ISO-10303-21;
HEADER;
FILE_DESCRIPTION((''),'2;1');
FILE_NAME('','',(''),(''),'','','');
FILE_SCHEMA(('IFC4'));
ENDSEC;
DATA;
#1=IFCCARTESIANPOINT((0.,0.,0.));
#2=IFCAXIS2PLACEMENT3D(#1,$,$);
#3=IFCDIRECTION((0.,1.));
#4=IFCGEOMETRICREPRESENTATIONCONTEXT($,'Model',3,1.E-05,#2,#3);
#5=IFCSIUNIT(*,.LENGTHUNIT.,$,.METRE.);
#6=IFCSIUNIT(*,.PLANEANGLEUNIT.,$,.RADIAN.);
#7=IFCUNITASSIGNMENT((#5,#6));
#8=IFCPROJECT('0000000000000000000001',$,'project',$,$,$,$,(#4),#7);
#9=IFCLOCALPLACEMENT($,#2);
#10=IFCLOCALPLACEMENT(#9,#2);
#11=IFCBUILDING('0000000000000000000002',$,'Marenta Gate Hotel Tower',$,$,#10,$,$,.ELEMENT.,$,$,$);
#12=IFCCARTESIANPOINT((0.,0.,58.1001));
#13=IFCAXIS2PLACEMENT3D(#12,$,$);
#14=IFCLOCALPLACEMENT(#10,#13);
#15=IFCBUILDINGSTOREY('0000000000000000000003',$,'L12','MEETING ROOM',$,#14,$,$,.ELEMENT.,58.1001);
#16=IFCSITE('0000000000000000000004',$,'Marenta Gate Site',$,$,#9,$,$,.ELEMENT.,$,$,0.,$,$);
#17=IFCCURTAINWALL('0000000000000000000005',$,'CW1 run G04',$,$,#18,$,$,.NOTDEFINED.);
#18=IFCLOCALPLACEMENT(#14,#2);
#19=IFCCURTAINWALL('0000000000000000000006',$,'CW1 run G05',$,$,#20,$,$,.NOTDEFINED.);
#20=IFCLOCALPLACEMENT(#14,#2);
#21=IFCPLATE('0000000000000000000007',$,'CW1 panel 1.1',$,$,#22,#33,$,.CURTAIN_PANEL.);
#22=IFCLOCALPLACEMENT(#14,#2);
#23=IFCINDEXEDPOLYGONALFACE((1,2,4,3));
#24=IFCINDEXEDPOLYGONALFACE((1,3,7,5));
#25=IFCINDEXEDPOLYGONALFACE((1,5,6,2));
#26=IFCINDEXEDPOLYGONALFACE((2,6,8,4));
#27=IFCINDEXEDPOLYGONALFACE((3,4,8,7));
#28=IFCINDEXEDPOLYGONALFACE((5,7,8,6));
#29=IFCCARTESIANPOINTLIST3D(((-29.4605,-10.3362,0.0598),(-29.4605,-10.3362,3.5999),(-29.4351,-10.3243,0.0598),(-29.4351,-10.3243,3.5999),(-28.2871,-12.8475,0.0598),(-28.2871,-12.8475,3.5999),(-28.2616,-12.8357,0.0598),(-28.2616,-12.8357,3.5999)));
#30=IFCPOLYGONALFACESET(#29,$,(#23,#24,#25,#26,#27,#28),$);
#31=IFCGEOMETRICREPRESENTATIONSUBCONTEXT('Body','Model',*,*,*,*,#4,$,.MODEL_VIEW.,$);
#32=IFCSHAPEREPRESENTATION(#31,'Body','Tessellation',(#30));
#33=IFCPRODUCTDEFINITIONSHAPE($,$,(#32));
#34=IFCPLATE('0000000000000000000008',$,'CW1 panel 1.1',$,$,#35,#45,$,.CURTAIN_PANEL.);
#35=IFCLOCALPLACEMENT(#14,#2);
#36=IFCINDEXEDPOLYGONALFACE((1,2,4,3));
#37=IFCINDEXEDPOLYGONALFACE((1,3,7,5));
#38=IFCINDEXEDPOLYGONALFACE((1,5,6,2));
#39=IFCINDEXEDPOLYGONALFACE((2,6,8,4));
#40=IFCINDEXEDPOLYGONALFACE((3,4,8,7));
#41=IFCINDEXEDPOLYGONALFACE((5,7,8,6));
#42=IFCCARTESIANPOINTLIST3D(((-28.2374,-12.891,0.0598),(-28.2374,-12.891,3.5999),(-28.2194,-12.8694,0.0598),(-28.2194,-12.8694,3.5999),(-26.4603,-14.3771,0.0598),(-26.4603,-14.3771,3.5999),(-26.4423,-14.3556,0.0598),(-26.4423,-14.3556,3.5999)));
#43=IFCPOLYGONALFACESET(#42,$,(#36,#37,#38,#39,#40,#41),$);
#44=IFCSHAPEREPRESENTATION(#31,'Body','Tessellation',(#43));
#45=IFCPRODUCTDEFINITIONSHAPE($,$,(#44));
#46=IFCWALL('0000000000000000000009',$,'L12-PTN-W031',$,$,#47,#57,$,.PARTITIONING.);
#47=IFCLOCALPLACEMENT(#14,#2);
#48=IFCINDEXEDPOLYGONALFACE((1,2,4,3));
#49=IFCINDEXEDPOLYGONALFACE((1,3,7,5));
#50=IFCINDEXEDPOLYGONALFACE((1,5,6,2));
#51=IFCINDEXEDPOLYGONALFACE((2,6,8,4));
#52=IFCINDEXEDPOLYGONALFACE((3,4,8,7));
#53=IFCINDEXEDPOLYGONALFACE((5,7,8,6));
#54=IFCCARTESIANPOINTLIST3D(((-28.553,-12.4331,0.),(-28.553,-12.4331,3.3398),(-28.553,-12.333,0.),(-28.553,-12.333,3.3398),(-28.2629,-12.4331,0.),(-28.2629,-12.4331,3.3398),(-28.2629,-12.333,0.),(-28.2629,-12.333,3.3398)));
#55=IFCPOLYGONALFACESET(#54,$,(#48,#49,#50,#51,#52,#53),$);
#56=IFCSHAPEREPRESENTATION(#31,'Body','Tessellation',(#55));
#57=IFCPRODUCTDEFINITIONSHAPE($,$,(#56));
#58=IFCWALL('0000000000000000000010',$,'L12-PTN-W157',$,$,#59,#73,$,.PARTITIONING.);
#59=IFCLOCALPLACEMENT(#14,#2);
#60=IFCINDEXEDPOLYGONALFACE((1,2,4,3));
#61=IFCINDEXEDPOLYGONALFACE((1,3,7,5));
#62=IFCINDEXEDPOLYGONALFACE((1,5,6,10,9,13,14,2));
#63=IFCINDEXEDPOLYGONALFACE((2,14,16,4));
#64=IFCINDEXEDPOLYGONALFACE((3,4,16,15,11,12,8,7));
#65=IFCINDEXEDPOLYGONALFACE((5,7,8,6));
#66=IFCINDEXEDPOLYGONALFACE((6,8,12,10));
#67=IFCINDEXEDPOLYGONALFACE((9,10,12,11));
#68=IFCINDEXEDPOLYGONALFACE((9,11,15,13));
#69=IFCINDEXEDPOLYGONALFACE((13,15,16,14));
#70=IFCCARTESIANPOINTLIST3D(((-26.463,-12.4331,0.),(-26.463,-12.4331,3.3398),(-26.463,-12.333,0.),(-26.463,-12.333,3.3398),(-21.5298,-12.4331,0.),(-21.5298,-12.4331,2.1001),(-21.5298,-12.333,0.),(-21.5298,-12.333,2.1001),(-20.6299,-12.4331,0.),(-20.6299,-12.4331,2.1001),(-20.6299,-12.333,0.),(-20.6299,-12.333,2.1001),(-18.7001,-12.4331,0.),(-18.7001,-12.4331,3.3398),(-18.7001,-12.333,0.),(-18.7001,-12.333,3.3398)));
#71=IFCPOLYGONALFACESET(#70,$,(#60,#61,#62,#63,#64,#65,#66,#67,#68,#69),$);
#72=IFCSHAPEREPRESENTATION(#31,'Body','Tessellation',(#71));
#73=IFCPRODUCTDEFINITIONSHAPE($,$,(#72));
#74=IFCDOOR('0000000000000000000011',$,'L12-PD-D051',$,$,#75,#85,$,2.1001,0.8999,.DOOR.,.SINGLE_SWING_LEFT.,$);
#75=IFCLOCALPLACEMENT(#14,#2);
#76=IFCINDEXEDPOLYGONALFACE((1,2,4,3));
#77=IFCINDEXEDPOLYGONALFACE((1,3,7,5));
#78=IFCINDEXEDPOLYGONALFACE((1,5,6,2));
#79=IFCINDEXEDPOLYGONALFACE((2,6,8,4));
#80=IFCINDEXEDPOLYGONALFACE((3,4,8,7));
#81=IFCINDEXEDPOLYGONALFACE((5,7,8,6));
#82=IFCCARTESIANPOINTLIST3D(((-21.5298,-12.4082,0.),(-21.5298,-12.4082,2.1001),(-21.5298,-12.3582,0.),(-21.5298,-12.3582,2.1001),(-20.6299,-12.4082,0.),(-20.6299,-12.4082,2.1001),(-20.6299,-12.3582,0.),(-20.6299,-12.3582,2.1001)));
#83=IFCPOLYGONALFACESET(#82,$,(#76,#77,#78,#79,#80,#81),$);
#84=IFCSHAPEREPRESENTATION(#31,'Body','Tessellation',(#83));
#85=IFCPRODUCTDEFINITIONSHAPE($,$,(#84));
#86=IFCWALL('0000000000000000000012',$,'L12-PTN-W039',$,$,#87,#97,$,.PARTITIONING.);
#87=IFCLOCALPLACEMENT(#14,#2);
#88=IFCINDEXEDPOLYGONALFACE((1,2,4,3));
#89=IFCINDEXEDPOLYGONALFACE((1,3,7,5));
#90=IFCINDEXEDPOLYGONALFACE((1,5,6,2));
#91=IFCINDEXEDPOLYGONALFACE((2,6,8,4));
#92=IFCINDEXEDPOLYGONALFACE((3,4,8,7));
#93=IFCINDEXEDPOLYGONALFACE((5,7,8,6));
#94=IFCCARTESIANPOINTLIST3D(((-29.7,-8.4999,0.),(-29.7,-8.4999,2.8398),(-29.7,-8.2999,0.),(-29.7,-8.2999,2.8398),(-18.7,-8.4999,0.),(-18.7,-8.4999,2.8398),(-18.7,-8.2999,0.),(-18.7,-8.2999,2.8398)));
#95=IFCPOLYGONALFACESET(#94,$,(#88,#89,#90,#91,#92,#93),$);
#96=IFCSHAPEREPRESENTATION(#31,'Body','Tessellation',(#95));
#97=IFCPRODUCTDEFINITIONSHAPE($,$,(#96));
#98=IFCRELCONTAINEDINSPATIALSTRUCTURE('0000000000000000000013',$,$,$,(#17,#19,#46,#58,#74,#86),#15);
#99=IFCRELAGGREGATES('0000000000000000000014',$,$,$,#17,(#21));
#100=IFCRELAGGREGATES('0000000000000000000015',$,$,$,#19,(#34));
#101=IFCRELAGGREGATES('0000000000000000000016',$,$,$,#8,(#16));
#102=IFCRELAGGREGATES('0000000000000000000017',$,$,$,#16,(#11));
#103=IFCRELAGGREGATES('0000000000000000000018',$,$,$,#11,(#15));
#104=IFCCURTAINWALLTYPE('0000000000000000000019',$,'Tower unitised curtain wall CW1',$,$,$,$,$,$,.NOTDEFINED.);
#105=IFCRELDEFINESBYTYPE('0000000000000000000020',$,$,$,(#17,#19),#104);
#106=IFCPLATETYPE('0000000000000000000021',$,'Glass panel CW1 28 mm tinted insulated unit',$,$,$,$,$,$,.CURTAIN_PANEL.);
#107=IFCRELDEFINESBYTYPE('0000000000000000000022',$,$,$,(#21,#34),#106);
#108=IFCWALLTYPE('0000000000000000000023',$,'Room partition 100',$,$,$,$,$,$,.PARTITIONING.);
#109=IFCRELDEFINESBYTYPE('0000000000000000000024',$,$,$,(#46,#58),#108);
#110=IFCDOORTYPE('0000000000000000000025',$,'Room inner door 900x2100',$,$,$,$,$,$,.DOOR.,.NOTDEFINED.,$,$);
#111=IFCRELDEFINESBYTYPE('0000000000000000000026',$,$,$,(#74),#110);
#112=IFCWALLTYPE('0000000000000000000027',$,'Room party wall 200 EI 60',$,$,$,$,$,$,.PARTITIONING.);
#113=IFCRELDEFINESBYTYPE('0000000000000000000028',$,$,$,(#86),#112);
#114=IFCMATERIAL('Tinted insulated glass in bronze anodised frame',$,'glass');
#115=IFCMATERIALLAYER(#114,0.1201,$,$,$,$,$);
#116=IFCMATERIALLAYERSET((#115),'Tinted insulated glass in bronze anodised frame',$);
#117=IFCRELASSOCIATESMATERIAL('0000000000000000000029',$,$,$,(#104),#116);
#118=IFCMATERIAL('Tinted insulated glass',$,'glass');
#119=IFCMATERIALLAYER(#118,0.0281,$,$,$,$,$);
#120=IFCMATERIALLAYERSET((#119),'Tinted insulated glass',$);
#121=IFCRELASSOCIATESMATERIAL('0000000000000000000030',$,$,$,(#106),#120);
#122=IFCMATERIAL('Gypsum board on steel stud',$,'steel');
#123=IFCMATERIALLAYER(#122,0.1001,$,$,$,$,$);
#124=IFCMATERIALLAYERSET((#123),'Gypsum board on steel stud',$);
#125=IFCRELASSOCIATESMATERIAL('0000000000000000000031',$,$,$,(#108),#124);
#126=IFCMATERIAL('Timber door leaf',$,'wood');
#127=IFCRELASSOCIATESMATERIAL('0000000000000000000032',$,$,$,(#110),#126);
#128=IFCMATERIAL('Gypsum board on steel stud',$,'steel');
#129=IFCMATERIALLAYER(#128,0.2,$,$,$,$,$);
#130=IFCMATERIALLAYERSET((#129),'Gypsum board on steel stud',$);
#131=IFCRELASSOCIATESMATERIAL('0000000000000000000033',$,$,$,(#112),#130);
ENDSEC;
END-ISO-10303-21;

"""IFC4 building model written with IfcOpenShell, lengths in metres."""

from ifc_helpers import new_model, si_unit, direction, frame, frame_2d, origin, origin_2d, place, context, subcontext, project, spatial, rectangle, extrude, material, layer, layer_set, type_object, element, fill, aggregate, save


model = new_model("IFC4")

# Units and contexts
model_context = context("Model", 3, precision=1e-05, world=origin(), true_north=direction((0.0, 1.0)))
body_context = subcontext(model_context, "Body", "Model", "MODEL_VIEW")
ifc_project = project(units=[si_unit("LENGTHUNIT", "METRE"), si_unit("PLANEANGLEUNIT", "RADIAN")], contexts=[model_context])

# Site, building, storey
site_placement = place(None, origin())
site = spatial("IfcSite", under=ifc_project, at=site_placement, Name="Marenta Gate Site", CompositionType="ELEMENT", RefElevation=0.0)
building_placement = place(site_placement, origin())
building = spatial("IfcBuilding", under=site, at=building_placement, Name="Marenta Gate Hotel Tower", CompositionType="ELEMENT")
storey_placement = place(building_placement, frame((0.0, 0.0, 58.1001)))
storey = spatial("IfcBuildingStorey", under=building, at=storey_placement, Name="L12", Description="MEETING ROOM", CompositionType="ELEMENT", Elevation=58.1001)

# Curtain walls
ifc_material_1 = material(Name="Tinted insulated glass in bronze anodised frame", Category="glass")
ifc_layer_1 = layer(ifc_material_1, 0.1201)
ifc_layer_set_1 = layer_set([ifc_layer_1], Name="Tinted insulated glass in bronze anodised frame")
curtain_wall_type = type_object("IfcCurtainWallType", Name="Tower unitised curtain wall CW1", PredefinedType="NOTDEFINED", material=ifc_layer_set_1)
curtain_wall_1_placement = place(storey_placement, origin())
curtain_wall_1 = element("IfcCurtainWall", 1, at=curtain_wall_1_placement, inside=storey, type_object=curtain_wall_type, Name="CW1 run G04", PredefinedType="NOTDEFINED")
curtain_wall_2_placement = place(storey_placement, origin())
curtain_wall_2 = element("IfcCurtainWall", 2, at=curtain_wall_2_placement, inside=storey, type_object=curtain_wall_type, Name="CW1 run G05", PredefinedType="NOTDEFINED")

# Plates
ifc_material_2 = material(Name="Tinted insulated glass", Category="glass")
ifc_layer_2 = layer(ifc_material_2, 0.0281)
ifc_layer_set_2 = layer_set([ifc_layer_2], Name="Tinted insulated glass")
plate_type = type_object("IfcPlateType", Name="Glass panel CW1 28 mm tinted insulated unit", PredefinedType="CURTAIN_PANEL", material=ifc_layer_set_2)
plate_1_placement = place(storey_placement, frame((-28.8611, -11.5859, 0.0598), z_axis=(0.0, 0.0, 1.0), x_axis=(0.423342, -0.90597, 0.0)))
plate_1 = element("IfcPlate", 3, at=plate_1_placement, type_object=plate_type, Name="CW1 panel 1.1", PredefinedType="CURTAIN_PANEL", context=body_context, shape_type="SweptSolid", body=[
    extrude(rectangle(XDim=2.772, YDim=0.0281, at=origin_2d()), origin(), (0.0, 0.0, 1.0), 3.54),
])
aggregate(curtain_wall_1, [plate_1])
plate_2_placement = place(storey_placement, frame((-27.3398, -13.6233, 0.0598), z_axis=(0.0, 0.0, 1.0), x_axis=(0.767113, -0.641512, 0.0)))
plate_2 = element("IfcPlate", 4, at=plate_2_placement, type_object=plate_type, Name="CW1 panel 1.1", PredefinedType="CURTAIN_PANEL", context=body_context, shape_type="SweptSolid", body=[
    extrude(rectangle(XDim=2.3167, YDim=0.0281, at=origin_2d()), origin(), (0.0, 0.0, 1.0), 3.54),
])
aggregate(curtain_wall_2, [plate_2])

# Wall
ifc_material_3 = material(Name="Gypsum board on steel stud", Category="steel")
ifc_layer_3 = layer(ifc_material_3, 0.1001)
ifc_layer_set_3 = layer_set([ifc_layer_3], Name="Gypsum board on steel stud")
wall_type_1 = type_object("IfcWallType", Name="Room partition 100", PredefinedType="PARTITIONING", material=ifc_layer_set_3)
wall_1_placement = place(storey_placement, frame((-28.553, -12.3831, 0.0), z_axis=(0.0, 0.0, 1.0), x_axis=(1.0, 0.0, 0.0)))
element("IfcWall", 5, at=wall_1_placement, inside=storey, type_object=wall_type_1, Name="L12-PTN-W031", PredefinedType="PARTITIONING", context=body_context, shape_type="SweptSolid", body=[
    extrude(rectangle(XDim=0.29, YDim=0.1001, at=frame_2d((0.145, 0.0))), origin(), (0.0, 0.0, 1.0), 3.3398),
])

# Wall, opening, door
wall_2_placement = place(storey_placement, frame((-26.4629, -12.3831, 0.0), z_axis=(0.0, 0.0, 1.0), x_axis=(1.0, 0.0, 0.0)))
wall_2 = element("IfcWall", 6, at=wall_2_placement, inside=storey, type_object=wall_type_1, Name="L12-PTN-W157", PredefinedType="PARTITIONING", context=body_context, shape_type="SweptSolid", body=[
    extrude(rectangle(XDim=7.7629, YDim=0.1001, at=frame_2d((3.8813, 0.0))), origin(), (0.0, 0.0, 1.0), 3.3398),
])
opening_placement = place(wall_2_placement, frame((4.9331, 0.0, 0.0)))
opening = element("IfcOpeningElement", 7, at=opening_placement, cuts=wall_2, PredefinedType="OPENING", context=body_context, shape_type="SweptSolid", body=[
    extrude(rectangle(XDim=0.8999, YDim=2.1001, at=frame_2d((0.45, 1.05))), frame((0.0, 0.05, 0.0), z_axis=(0.0, -1.0, 0.0), x_axis=(1.0, 0.0, 0.0)), (0.0, 0.0, 1.0), 0.1001),
])
ifc_material_4 = material(Name="Timber door leaf", Category="wood")
door_type = type_object("IfcDoorType", Name="Room inner door 900x2100", OperationType="NOTDEFINED", PredefinedType="DOOR", material=ifc_material_4)
door_placement = place(opening_placement, origin())
door = element("IfcDoor", 8, at=door_placement, inside=storey, type_object=door_type, Name="L12-PD-D051", OperationType="SINGLE_SWING_LEFT", OverallHeight=2.1001, OverallWidth=0.8999, PredefinedType="DOOR", context=body_context, shape_type="SweptSolid", body=[
    extrude(rectangle(XDim=0.8999, YDim=2.1001, at=frame_2d((0.45, 1.05))), frame((0.0, 0.0249, 0.0), z_axis=(0.0, -1.0, 0.0), x_axis=(1.0, 0.0, 0.0)), (0.0, 0.0, 1.0), 0.05),
])
fill(opening, door)

# Wall
ifc_material_5 = material(Name="Gypsum board on steel stud", Category="steel")
ifc_layer_4 = layer(ifc_material_5, 0.2)
ifc_layer_set_4 = layer_set([ifc_layer_4], Name="Gypsum board on steel stud")
wall_type_2 = type_object("IfcWallType", Name="Room party wall 200 EI 60", PredefinedType="PARTITIONING", material=ifc_layer_set_4)
wall_3_placement = place(storey_placement, frame((-29.7, -8.3999, 0.0), z_axis=(0.0, 0.0, 1.0), x_axis=(1.0, 0.0, 0.0)))
element("IfcWall", 9, at=wall_3_placement, inside=storey, type_object=wall_type_2, Name="L12-PTN-W039", PredefinedType="PARTITIONING", context=body_context, shape_type="SweptSolid", body=[
    extrude(rectangle(XDim=11.0, YDim=0.2, at=frame_2d((5.5, 0.0))), origin(), (0.0, 0.0, 1.0), 2.8398),
])

save(model, "model.ifc")
